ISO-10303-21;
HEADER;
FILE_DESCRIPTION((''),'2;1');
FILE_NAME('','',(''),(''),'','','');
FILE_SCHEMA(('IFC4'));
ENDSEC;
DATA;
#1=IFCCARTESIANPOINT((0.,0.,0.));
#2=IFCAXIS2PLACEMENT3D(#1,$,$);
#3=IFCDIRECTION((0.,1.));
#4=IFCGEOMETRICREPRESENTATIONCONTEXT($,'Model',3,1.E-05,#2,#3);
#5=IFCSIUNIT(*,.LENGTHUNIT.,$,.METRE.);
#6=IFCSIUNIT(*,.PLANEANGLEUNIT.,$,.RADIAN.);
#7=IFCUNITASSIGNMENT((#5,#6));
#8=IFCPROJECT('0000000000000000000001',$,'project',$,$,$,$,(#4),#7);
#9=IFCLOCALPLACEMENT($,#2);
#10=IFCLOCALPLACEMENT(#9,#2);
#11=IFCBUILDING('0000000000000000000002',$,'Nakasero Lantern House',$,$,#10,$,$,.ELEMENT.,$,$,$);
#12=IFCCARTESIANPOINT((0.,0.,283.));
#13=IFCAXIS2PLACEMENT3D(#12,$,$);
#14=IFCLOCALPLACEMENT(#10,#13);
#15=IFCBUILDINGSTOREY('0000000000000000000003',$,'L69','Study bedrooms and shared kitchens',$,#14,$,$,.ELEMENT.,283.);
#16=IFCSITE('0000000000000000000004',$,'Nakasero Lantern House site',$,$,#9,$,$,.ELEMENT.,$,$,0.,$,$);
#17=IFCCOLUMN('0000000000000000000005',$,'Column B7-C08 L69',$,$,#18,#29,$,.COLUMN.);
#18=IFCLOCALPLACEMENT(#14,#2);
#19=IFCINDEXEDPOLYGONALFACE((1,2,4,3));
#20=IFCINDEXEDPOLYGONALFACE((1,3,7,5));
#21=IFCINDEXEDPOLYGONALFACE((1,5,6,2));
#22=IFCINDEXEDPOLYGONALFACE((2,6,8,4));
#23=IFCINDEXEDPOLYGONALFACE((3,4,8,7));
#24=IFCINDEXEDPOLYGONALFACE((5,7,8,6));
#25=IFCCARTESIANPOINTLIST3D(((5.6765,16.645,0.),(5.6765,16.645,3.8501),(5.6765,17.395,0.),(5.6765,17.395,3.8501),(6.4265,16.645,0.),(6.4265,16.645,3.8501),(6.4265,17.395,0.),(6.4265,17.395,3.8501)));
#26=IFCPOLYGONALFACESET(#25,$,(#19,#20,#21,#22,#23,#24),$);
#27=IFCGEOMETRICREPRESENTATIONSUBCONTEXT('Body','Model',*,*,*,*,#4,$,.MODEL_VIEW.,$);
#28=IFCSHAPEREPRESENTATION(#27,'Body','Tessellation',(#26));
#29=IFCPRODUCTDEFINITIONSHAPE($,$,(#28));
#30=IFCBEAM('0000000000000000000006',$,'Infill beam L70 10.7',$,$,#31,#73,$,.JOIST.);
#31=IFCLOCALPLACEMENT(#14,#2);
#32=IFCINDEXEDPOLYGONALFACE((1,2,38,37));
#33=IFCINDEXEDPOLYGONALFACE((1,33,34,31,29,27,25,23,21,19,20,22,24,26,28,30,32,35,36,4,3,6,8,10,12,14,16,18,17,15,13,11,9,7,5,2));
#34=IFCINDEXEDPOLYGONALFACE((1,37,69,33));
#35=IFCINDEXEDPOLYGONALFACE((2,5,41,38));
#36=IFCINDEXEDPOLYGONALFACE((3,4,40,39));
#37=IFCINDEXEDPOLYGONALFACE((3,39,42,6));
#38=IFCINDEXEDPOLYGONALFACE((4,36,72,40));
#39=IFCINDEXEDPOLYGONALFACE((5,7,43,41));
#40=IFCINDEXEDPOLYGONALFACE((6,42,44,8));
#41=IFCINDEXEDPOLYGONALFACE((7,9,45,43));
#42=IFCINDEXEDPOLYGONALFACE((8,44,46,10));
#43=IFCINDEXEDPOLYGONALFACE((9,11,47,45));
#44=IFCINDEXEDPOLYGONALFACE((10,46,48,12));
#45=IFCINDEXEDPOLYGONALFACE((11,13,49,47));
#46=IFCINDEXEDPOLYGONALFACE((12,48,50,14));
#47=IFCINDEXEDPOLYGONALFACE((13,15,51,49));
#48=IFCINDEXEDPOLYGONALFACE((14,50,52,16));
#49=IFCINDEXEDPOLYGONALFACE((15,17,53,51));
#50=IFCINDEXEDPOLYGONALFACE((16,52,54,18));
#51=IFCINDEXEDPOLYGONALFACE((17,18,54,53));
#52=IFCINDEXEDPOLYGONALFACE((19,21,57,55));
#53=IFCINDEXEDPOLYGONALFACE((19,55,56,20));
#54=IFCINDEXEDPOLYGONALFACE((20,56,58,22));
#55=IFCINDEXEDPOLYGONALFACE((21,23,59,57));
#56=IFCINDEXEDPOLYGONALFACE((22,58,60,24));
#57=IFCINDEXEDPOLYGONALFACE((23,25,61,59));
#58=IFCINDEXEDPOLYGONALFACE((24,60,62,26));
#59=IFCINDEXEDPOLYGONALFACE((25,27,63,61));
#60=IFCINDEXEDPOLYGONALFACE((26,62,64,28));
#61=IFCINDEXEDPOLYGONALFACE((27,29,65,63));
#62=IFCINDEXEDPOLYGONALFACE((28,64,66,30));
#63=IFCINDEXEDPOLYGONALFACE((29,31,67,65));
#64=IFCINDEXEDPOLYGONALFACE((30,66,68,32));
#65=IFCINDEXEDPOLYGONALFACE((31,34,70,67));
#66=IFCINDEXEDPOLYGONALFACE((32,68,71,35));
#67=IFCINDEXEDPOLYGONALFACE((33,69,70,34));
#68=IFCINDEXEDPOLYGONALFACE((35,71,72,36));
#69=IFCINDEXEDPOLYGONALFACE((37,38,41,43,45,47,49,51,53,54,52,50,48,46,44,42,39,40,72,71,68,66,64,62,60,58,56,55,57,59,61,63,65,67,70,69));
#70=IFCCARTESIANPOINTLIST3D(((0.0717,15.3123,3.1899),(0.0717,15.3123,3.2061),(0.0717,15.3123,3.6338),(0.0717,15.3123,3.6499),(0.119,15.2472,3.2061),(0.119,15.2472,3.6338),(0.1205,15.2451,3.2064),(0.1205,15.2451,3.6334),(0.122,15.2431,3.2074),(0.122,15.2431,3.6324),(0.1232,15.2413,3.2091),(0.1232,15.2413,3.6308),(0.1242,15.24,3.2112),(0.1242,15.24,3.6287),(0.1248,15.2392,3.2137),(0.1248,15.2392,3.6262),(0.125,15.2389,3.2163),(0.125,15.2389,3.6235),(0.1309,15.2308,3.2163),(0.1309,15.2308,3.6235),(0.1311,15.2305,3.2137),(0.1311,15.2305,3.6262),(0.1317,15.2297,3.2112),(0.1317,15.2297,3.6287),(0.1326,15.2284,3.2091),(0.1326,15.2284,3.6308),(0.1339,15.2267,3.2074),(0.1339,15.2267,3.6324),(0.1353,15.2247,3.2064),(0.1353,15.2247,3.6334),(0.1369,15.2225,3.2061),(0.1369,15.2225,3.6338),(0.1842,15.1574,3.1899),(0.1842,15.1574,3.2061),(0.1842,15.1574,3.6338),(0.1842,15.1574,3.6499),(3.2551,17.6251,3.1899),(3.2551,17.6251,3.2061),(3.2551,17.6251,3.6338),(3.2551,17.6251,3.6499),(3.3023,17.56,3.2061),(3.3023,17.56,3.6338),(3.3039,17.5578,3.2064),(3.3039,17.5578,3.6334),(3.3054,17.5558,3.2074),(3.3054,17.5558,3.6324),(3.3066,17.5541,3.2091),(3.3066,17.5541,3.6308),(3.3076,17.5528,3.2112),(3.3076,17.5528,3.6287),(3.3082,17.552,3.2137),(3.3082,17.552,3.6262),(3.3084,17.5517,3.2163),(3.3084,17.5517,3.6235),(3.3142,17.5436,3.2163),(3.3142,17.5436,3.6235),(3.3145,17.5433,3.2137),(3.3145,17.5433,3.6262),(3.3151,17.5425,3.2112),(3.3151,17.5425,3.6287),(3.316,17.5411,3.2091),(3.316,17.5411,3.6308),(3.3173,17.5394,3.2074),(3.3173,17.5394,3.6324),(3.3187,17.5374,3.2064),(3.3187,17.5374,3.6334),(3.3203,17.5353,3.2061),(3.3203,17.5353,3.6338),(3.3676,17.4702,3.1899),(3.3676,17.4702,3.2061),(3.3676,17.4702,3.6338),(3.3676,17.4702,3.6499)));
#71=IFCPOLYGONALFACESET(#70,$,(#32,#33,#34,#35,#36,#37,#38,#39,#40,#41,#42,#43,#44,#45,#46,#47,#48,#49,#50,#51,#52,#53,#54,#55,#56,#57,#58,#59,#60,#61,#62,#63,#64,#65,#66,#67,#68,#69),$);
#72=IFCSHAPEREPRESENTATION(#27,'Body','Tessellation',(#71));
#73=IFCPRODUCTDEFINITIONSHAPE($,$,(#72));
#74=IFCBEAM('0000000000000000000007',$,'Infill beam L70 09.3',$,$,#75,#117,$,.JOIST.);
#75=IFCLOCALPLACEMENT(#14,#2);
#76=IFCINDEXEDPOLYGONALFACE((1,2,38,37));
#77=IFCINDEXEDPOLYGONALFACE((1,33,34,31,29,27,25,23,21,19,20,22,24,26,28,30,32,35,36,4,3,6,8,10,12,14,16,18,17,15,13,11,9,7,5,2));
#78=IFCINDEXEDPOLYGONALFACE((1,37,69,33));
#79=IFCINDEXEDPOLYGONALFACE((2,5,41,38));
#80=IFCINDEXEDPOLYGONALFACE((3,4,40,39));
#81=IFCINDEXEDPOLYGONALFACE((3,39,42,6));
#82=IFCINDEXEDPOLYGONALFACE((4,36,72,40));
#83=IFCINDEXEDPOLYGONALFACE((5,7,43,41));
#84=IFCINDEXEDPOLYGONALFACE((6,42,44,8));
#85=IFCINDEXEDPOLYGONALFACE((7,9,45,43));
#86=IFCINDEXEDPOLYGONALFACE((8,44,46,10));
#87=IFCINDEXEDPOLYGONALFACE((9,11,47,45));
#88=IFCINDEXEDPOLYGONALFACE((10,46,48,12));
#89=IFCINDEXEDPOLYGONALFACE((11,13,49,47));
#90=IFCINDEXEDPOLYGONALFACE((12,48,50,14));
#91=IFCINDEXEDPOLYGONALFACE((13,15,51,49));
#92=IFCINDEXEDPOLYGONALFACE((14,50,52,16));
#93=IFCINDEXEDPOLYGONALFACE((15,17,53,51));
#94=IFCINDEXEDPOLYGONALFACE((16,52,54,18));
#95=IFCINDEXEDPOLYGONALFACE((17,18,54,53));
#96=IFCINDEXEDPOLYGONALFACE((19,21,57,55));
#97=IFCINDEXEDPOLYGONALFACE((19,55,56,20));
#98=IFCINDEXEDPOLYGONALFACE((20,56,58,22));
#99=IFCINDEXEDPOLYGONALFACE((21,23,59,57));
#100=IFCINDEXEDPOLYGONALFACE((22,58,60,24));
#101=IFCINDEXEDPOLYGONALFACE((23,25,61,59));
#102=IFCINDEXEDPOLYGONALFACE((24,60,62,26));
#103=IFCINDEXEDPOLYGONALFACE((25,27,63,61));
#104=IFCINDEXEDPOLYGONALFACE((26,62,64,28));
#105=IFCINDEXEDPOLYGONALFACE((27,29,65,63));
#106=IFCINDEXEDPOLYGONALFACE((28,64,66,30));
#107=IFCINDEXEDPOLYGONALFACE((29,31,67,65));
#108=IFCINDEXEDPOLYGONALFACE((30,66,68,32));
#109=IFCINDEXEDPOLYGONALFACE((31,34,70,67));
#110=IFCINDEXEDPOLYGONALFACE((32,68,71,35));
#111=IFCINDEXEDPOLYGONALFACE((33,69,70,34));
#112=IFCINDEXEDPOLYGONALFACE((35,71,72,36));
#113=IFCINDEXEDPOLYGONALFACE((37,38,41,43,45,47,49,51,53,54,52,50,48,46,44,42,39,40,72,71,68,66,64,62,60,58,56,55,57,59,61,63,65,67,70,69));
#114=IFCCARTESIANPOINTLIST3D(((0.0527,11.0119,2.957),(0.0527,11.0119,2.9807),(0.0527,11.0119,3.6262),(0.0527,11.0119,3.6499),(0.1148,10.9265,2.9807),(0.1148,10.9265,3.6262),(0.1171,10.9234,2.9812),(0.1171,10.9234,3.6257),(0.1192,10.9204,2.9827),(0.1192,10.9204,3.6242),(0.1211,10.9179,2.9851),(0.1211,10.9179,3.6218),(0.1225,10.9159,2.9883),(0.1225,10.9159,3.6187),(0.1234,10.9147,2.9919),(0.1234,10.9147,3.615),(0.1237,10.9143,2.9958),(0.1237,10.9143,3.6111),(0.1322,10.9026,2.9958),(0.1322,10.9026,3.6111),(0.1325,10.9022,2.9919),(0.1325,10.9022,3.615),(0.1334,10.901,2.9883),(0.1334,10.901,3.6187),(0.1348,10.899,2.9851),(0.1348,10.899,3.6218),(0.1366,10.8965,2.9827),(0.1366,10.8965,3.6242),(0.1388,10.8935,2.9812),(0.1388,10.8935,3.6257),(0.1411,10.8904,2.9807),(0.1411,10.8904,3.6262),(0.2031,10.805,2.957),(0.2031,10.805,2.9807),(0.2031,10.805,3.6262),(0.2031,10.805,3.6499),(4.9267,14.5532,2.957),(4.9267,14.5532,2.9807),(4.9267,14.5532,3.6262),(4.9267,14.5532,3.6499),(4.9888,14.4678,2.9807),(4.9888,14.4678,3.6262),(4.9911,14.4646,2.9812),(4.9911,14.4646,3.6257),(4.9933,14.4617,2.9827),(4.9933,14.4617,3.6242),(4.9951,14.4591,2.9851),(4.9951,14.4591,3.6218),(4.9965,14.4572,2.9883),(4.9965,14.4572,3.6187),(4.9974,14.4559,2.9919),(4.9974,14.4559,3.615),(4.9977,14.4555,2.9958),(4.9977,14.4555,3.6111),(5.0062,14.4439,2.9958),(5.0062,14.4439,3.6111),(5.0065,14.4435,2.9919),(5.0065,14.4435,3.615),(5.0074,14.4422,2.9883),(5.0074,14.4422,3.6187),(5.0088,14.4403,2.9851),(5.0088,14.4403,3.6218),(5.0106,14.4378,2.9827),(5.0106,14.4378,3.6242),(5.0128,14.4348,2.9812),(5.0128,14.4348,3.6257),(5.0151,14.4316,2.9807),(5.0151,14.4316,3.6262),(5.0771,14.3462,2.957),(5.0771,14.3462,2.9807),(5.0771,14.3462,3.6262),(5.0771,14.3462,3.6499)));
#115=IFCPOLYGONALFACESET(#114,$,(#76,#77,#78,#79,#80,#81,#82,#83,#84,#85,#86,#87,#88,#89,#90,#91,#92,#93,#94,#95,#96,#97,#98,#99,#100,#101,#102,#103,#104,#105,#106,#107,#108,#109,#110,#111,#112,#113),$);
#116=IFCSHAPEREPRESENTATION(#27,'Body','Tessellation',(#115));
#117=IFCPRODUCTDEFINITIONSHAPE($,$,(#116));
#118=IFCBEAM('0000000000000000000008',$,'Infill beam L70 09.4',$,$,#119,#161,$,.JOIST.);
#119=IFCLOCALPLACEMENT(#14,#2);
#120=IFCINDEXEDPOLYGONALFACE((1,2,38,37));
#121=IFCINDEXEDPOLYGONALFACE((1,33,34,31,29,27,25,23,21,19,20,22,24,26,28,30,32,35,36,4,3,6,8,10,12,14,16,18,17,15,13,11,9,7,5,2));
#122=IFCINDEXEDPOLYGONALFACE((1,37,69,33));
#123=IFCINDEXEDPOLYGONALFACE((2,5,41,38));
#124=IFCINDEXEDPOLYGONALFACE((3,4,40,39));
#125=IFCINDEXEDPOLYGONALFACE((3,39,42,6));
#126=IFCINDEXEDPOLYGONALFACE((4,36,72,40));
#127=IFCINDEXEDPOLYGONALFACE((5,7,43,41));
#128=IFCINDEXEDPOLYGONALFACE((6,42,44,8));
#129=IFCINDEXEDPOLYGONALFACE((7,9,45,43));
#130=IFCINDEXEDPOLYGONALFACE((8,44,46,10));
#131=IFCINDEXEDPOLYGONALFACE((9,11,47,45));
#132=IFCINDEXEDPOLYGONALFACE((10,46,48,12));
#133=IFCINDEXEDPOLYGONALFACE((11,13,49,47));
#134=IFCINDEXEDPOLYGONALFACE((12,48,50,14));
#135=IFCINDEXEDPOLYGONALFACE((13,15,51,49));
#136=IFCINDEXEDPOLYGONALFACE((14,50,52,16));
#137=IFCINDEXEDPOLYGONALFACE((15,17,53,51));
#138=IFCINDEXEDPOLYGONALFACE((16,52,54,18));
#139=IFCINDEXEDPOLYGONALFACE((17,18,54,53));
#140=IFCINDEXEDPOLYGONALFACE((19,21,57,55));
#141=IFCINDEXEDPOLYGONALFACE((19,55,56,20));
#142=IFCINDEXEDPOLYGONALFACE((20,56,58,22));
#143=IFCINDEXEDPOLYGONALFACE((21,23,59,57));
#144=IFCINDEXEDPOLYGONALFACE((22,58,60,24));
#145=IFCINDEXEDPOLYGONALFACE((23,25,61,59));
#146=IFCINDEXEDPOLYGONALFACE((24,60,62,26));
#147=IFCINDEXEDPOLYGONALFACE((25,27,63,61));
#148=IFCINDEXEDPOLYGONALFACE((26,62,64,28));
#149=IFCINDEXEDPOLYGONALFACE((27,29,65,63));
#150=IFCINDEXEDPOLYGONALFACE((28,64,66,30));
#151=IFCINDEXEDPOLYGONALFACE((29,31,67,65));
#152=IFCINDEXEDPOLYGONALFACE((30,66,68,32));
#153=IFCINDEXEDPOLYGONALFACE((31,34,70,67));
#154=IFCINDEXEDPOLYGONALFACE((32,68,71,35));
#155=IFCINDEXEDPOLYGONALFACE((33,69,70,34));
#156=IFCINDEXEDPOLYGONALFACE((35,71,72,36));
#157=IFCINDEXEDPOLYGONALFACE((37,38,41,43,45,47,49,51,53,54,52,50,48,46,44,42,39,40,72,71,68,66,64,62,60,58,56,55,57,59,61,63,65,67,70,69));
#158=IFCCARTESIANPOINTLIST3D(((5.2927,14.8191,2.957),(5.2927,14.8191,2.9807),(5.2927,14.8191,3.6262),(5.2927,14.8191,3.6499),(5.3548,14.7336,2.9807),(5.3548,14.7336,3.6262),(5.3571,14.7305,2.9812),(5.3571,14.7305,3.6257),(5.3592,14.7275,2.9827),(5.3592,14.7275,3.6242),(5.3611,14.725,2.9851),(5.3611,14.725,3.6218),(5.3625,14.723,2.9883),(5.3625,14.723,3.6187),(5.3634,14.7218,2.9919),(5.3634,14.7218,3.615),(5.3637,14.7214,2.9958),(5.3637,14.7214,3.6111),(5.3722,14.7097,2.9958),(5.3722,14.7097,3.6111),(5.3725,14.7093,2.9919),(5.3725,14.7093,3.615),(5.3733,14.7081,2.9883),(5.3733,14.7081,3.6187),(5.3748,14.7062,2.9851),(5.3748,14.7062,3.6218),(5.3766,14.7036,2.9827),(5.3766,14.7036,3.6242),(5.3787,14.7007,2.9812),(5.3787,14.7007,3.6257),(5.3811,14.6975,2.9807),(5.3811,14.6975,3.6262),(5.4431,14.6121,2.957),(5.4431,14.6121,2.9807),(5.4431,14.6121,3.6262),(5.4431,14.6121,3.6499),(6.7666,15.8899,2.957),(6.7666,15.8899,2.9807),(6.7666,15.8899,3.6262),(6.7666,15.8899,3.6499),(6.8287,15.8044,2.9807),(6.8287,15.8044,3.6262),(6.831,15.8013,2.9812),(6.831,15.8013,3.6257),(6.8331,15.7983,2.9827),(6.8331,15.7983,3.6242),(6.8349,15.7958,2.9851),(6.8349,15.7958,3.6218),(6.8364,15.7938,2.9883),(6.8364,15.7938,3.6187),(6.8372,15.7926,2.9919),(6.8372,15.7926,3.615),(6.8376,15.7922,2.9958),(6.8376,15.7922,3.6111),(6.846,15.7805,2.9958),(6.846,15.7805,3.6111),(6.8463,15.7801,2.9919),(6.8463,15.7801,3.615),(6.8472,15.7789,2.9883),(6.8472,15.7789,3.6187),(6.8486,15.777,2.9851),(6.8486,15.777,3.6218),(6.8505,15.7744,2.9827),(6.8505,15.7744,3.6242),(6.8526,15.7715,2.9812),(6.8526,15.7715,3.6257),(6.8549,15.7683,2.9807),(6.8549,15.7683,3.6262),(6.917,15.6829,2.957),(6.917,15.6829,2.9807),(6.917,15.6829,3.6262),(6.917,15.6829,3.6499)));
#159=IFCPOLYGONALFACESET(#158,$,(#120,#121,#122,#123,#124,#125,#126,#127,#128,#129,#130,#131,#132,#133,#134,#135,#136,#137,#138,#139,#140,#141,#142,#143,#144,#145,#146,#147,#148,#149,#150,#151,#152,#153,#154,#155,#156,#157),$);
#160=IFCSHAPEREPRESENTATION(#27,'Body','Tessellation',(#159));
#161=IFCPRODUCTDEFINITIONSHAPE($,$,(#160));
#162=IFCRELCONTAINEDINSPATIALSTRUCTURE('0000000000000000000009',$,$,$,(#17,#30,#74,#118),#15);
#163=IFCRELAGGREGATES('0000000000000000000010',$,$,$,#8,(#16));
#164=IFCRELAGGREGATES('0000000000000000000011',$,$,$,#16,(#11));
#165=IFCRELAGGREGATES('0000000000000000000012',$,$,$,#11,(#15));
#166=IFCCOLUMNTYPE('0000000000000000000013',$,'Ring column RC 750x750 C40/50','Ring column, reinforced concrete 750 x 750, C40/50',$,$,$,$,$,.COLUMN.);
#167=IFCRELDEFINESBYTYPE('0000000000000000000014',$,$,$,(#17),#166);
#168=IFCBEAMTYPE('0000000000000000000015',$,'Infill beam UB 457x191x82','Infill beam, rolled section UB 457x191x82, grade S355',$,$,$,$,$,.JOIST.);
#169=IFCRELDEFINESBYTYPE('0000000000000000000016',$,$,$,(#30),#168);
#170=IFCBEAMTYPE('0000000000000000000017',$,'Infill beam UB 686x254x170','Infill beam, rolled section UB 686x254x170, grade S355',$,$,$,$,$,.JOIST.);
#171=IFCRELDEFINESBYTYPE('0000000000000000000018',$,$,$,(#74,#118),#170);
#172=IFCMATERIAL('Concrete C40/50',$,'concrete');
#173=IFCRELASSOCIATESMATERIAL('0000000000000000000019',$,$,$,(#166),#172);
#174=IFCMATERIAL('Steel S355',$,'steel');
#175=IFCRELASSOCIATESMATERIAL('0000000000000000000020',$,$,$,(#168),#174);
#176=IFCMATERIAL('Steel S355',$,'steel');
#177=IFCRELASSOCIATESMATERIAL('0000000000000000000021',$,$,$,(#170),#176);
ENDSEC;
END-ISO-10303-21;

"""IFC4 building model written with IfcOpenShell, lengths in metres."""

from ifc_helpers import new_model, si_unit, direction, frame, origin, origin_2d, place, context, subcontext, project, spatial, rectangle, i_section, extrude, material, material_profile, profile_set, type_object, element, save


model = new_model("IFC4")

# Units and contexts
model_context = context("Model", 3, precision=1e-05, world=origin(), true_north=direction((0.0, 1.0)))
body_context = subcontext(model_context, "Body", "Model", "MODEL_VIEW")
ifc_project = project(units=[si_unit("LENGTHUNIT", "METRE"), si_unit("PLANEANGLEUNIT", "RADIAN")], contexts=[model_context])

# Site, building, storey
site_placement = place(None, origin())
site = spatial("IfcSite", under=ifc_project, at=site_placement, Name="Nakasero Lantern House site", CompositionType="ELEMENT", RefElevation=0.0)
building_placement = place(site_placement, origin())
building = spatial("IfcBuilding", under=site, at=building_placement, Name="Nakasero Lantern House", CompositionType="ELEMENT")
storey_placement = place(building_placement, frame((0.0, 0.0, 283.0)))
storey = spatial("IfcBuildingStorey", under=building, at=storey_placement, Name="L69", Description="Study bedrooms and shared kitchens", CompositionType="ELEMENT", Elevation=283.0)

# Column
ifc_material_1 = material(Name="Concrete C40/50", Category="concrete")
ifc_material_profile_1 = material_profile(ifc_material_1, rectangle(XDim=0.75, YDim=0.75, at=origin_2d()), Name="RC 750x750")
ifc_profile_set_1 = profile_set([ifc_material_profile_1], Name="Concrete C40/50")
column_type = type_object("IfcColumnType", Name="Ring column RC 750x750 C40/50", Description="Ring column, reinforced concrete 750 x 750, C40/50", PredefinedType="COLUMN", material=ifc_profile_set_1)
column_placement = place(storey_placement, frame((6.0515, 17.02, 0.0), z_axis=(0.0, 0.0, 1.0), x_axis=(1.0, 0.0, 0.0)))
element("IfcColumn", 1, at=column_placement, inside=storey, type_object=column_type, Name="Column B7-C08 L69", PredefinedType="COLUMN", context=body_context, shape_type="SweptSolid", body=[
    extrude(rectangle(XDim=0.75, YDim=0.75, at=origin_2d()), origin(), (0.0, 0.0, 1.0), 3.8501),
])

# Beams
ifc_material_2 = material(Name="Steel S355", Category="steel")
ifc_material_profile_2 = material_profile(ifc_material_2, i_section(OverallWidth=0.1914, OverallDepth=0.46, WebThickness=0.01, FlangeThickness=0.0161, FilletRadius=0.0103, at=origin_2d()), Name="UB 457x191x82")
ifc_profile_set_2 = profile_set([ifc_material_profile_2], Name="Steel S355")
beam_type_1 = type_object("IfcBeamType", Name="Infill beam UB 457x191x82", Description="Infill beam, rolled section UB 457x191x82, grade S355", PredefinedType="JOIST", material=ifc_profile_set_2)
beam_1_placement = place(storey_placement, frame((0.1279, 15.2349, 3.4199), z_axis=(0.809028, 0.587769, 0.0), x_axis=(-0.587769, 0.809028, 0.0)))
element("IfcBeam", 2, at=beam_1_placement, inside=storey, type_object=beam_type_1, Name="Infill beam L70 10.7", PredefinedType="JOIST", context=body_context, shape_type="SweptSolid", body=[
    extrude(i_section(OverallWidth=0.1914, OverallDepth=0.46, WebThickness=0.01, FlangeThickness=0.0161, FilletRadius=0.0103, at=origin_2d()), origin(), (0.0, 0.0, 1.0), 3.9348),
])
ifc_material_3 = material(Name="Steel S355", Category="steel")
ifc_material_profile_3 = material_profile(ifc_material_3, i_section(OverallWidth=0.2559, OverallDepth=0.6929, WebThickness=0.0144, FlangeThickness=0.0237, FilletRadius=0.0151, at=origin_2d()), Name="UB 686x254x170")
ifc_profile_set_3 = profile_set([ifc_material_profile_3], Name="Steel S355")
beam_type_2 = type_object("IfcBeamType", Name="Infill beam UB 686x254x170", Description="Infill beam, rolled section UB 686x254x170, grade S355", PredefinedType="JOIST", material=ifc_profile_set_3)
beam_2_placement = place(storey_placement, frame((0.1279, 10.9084, 3.3035), z_axis=(0.809011, 0.587793, 0.0), x_axis=(-0.587793, 0.809011, 0.0)))
element("IfcBeam", 3, at=beam_2_placement, inside=storey, type_object=beam_type_2, Name="Infill beam L70 09.3", PredefinedType="JOIST", context=body_context, shape_type="SweptSolid", body=[
    extrude(i_section(OverallWidth=0.2559, OverallDepth=0.6929, WebThickness=0.0144, FlangeThickness=0.0237, FilletRadius=0.0151, at=origin_2d()), origin(), (0.0, 0.0, 1.0), 6.0247),
])
beam_3_placement = place(storey_placement, frame((5.3679, 14.7156, 3.3035), z_axis=(0.809026, 0.587773, 0.0), x_axis=(-0.587773, 0.809026, 0.0)))
element("IfcBeam", 4, at=beam_3_placement, inside=storey, type_object=beam_type_2, Name="Infill beam L70 09.4", PredefinedType="JOIST", context=body_context, shape_type="SweptSolid", body=[
    extrude(i_section(OverallWidth=0.2559, OverallDepth=0.6929, WebThickness=0.0144, FlangeThickness=0.0237, FilletRadius=0.0151, at=origin_2d()), origin(), (0.0, 0.0, 1.0), 1.8218),
])

save(model, "model.ifc")
